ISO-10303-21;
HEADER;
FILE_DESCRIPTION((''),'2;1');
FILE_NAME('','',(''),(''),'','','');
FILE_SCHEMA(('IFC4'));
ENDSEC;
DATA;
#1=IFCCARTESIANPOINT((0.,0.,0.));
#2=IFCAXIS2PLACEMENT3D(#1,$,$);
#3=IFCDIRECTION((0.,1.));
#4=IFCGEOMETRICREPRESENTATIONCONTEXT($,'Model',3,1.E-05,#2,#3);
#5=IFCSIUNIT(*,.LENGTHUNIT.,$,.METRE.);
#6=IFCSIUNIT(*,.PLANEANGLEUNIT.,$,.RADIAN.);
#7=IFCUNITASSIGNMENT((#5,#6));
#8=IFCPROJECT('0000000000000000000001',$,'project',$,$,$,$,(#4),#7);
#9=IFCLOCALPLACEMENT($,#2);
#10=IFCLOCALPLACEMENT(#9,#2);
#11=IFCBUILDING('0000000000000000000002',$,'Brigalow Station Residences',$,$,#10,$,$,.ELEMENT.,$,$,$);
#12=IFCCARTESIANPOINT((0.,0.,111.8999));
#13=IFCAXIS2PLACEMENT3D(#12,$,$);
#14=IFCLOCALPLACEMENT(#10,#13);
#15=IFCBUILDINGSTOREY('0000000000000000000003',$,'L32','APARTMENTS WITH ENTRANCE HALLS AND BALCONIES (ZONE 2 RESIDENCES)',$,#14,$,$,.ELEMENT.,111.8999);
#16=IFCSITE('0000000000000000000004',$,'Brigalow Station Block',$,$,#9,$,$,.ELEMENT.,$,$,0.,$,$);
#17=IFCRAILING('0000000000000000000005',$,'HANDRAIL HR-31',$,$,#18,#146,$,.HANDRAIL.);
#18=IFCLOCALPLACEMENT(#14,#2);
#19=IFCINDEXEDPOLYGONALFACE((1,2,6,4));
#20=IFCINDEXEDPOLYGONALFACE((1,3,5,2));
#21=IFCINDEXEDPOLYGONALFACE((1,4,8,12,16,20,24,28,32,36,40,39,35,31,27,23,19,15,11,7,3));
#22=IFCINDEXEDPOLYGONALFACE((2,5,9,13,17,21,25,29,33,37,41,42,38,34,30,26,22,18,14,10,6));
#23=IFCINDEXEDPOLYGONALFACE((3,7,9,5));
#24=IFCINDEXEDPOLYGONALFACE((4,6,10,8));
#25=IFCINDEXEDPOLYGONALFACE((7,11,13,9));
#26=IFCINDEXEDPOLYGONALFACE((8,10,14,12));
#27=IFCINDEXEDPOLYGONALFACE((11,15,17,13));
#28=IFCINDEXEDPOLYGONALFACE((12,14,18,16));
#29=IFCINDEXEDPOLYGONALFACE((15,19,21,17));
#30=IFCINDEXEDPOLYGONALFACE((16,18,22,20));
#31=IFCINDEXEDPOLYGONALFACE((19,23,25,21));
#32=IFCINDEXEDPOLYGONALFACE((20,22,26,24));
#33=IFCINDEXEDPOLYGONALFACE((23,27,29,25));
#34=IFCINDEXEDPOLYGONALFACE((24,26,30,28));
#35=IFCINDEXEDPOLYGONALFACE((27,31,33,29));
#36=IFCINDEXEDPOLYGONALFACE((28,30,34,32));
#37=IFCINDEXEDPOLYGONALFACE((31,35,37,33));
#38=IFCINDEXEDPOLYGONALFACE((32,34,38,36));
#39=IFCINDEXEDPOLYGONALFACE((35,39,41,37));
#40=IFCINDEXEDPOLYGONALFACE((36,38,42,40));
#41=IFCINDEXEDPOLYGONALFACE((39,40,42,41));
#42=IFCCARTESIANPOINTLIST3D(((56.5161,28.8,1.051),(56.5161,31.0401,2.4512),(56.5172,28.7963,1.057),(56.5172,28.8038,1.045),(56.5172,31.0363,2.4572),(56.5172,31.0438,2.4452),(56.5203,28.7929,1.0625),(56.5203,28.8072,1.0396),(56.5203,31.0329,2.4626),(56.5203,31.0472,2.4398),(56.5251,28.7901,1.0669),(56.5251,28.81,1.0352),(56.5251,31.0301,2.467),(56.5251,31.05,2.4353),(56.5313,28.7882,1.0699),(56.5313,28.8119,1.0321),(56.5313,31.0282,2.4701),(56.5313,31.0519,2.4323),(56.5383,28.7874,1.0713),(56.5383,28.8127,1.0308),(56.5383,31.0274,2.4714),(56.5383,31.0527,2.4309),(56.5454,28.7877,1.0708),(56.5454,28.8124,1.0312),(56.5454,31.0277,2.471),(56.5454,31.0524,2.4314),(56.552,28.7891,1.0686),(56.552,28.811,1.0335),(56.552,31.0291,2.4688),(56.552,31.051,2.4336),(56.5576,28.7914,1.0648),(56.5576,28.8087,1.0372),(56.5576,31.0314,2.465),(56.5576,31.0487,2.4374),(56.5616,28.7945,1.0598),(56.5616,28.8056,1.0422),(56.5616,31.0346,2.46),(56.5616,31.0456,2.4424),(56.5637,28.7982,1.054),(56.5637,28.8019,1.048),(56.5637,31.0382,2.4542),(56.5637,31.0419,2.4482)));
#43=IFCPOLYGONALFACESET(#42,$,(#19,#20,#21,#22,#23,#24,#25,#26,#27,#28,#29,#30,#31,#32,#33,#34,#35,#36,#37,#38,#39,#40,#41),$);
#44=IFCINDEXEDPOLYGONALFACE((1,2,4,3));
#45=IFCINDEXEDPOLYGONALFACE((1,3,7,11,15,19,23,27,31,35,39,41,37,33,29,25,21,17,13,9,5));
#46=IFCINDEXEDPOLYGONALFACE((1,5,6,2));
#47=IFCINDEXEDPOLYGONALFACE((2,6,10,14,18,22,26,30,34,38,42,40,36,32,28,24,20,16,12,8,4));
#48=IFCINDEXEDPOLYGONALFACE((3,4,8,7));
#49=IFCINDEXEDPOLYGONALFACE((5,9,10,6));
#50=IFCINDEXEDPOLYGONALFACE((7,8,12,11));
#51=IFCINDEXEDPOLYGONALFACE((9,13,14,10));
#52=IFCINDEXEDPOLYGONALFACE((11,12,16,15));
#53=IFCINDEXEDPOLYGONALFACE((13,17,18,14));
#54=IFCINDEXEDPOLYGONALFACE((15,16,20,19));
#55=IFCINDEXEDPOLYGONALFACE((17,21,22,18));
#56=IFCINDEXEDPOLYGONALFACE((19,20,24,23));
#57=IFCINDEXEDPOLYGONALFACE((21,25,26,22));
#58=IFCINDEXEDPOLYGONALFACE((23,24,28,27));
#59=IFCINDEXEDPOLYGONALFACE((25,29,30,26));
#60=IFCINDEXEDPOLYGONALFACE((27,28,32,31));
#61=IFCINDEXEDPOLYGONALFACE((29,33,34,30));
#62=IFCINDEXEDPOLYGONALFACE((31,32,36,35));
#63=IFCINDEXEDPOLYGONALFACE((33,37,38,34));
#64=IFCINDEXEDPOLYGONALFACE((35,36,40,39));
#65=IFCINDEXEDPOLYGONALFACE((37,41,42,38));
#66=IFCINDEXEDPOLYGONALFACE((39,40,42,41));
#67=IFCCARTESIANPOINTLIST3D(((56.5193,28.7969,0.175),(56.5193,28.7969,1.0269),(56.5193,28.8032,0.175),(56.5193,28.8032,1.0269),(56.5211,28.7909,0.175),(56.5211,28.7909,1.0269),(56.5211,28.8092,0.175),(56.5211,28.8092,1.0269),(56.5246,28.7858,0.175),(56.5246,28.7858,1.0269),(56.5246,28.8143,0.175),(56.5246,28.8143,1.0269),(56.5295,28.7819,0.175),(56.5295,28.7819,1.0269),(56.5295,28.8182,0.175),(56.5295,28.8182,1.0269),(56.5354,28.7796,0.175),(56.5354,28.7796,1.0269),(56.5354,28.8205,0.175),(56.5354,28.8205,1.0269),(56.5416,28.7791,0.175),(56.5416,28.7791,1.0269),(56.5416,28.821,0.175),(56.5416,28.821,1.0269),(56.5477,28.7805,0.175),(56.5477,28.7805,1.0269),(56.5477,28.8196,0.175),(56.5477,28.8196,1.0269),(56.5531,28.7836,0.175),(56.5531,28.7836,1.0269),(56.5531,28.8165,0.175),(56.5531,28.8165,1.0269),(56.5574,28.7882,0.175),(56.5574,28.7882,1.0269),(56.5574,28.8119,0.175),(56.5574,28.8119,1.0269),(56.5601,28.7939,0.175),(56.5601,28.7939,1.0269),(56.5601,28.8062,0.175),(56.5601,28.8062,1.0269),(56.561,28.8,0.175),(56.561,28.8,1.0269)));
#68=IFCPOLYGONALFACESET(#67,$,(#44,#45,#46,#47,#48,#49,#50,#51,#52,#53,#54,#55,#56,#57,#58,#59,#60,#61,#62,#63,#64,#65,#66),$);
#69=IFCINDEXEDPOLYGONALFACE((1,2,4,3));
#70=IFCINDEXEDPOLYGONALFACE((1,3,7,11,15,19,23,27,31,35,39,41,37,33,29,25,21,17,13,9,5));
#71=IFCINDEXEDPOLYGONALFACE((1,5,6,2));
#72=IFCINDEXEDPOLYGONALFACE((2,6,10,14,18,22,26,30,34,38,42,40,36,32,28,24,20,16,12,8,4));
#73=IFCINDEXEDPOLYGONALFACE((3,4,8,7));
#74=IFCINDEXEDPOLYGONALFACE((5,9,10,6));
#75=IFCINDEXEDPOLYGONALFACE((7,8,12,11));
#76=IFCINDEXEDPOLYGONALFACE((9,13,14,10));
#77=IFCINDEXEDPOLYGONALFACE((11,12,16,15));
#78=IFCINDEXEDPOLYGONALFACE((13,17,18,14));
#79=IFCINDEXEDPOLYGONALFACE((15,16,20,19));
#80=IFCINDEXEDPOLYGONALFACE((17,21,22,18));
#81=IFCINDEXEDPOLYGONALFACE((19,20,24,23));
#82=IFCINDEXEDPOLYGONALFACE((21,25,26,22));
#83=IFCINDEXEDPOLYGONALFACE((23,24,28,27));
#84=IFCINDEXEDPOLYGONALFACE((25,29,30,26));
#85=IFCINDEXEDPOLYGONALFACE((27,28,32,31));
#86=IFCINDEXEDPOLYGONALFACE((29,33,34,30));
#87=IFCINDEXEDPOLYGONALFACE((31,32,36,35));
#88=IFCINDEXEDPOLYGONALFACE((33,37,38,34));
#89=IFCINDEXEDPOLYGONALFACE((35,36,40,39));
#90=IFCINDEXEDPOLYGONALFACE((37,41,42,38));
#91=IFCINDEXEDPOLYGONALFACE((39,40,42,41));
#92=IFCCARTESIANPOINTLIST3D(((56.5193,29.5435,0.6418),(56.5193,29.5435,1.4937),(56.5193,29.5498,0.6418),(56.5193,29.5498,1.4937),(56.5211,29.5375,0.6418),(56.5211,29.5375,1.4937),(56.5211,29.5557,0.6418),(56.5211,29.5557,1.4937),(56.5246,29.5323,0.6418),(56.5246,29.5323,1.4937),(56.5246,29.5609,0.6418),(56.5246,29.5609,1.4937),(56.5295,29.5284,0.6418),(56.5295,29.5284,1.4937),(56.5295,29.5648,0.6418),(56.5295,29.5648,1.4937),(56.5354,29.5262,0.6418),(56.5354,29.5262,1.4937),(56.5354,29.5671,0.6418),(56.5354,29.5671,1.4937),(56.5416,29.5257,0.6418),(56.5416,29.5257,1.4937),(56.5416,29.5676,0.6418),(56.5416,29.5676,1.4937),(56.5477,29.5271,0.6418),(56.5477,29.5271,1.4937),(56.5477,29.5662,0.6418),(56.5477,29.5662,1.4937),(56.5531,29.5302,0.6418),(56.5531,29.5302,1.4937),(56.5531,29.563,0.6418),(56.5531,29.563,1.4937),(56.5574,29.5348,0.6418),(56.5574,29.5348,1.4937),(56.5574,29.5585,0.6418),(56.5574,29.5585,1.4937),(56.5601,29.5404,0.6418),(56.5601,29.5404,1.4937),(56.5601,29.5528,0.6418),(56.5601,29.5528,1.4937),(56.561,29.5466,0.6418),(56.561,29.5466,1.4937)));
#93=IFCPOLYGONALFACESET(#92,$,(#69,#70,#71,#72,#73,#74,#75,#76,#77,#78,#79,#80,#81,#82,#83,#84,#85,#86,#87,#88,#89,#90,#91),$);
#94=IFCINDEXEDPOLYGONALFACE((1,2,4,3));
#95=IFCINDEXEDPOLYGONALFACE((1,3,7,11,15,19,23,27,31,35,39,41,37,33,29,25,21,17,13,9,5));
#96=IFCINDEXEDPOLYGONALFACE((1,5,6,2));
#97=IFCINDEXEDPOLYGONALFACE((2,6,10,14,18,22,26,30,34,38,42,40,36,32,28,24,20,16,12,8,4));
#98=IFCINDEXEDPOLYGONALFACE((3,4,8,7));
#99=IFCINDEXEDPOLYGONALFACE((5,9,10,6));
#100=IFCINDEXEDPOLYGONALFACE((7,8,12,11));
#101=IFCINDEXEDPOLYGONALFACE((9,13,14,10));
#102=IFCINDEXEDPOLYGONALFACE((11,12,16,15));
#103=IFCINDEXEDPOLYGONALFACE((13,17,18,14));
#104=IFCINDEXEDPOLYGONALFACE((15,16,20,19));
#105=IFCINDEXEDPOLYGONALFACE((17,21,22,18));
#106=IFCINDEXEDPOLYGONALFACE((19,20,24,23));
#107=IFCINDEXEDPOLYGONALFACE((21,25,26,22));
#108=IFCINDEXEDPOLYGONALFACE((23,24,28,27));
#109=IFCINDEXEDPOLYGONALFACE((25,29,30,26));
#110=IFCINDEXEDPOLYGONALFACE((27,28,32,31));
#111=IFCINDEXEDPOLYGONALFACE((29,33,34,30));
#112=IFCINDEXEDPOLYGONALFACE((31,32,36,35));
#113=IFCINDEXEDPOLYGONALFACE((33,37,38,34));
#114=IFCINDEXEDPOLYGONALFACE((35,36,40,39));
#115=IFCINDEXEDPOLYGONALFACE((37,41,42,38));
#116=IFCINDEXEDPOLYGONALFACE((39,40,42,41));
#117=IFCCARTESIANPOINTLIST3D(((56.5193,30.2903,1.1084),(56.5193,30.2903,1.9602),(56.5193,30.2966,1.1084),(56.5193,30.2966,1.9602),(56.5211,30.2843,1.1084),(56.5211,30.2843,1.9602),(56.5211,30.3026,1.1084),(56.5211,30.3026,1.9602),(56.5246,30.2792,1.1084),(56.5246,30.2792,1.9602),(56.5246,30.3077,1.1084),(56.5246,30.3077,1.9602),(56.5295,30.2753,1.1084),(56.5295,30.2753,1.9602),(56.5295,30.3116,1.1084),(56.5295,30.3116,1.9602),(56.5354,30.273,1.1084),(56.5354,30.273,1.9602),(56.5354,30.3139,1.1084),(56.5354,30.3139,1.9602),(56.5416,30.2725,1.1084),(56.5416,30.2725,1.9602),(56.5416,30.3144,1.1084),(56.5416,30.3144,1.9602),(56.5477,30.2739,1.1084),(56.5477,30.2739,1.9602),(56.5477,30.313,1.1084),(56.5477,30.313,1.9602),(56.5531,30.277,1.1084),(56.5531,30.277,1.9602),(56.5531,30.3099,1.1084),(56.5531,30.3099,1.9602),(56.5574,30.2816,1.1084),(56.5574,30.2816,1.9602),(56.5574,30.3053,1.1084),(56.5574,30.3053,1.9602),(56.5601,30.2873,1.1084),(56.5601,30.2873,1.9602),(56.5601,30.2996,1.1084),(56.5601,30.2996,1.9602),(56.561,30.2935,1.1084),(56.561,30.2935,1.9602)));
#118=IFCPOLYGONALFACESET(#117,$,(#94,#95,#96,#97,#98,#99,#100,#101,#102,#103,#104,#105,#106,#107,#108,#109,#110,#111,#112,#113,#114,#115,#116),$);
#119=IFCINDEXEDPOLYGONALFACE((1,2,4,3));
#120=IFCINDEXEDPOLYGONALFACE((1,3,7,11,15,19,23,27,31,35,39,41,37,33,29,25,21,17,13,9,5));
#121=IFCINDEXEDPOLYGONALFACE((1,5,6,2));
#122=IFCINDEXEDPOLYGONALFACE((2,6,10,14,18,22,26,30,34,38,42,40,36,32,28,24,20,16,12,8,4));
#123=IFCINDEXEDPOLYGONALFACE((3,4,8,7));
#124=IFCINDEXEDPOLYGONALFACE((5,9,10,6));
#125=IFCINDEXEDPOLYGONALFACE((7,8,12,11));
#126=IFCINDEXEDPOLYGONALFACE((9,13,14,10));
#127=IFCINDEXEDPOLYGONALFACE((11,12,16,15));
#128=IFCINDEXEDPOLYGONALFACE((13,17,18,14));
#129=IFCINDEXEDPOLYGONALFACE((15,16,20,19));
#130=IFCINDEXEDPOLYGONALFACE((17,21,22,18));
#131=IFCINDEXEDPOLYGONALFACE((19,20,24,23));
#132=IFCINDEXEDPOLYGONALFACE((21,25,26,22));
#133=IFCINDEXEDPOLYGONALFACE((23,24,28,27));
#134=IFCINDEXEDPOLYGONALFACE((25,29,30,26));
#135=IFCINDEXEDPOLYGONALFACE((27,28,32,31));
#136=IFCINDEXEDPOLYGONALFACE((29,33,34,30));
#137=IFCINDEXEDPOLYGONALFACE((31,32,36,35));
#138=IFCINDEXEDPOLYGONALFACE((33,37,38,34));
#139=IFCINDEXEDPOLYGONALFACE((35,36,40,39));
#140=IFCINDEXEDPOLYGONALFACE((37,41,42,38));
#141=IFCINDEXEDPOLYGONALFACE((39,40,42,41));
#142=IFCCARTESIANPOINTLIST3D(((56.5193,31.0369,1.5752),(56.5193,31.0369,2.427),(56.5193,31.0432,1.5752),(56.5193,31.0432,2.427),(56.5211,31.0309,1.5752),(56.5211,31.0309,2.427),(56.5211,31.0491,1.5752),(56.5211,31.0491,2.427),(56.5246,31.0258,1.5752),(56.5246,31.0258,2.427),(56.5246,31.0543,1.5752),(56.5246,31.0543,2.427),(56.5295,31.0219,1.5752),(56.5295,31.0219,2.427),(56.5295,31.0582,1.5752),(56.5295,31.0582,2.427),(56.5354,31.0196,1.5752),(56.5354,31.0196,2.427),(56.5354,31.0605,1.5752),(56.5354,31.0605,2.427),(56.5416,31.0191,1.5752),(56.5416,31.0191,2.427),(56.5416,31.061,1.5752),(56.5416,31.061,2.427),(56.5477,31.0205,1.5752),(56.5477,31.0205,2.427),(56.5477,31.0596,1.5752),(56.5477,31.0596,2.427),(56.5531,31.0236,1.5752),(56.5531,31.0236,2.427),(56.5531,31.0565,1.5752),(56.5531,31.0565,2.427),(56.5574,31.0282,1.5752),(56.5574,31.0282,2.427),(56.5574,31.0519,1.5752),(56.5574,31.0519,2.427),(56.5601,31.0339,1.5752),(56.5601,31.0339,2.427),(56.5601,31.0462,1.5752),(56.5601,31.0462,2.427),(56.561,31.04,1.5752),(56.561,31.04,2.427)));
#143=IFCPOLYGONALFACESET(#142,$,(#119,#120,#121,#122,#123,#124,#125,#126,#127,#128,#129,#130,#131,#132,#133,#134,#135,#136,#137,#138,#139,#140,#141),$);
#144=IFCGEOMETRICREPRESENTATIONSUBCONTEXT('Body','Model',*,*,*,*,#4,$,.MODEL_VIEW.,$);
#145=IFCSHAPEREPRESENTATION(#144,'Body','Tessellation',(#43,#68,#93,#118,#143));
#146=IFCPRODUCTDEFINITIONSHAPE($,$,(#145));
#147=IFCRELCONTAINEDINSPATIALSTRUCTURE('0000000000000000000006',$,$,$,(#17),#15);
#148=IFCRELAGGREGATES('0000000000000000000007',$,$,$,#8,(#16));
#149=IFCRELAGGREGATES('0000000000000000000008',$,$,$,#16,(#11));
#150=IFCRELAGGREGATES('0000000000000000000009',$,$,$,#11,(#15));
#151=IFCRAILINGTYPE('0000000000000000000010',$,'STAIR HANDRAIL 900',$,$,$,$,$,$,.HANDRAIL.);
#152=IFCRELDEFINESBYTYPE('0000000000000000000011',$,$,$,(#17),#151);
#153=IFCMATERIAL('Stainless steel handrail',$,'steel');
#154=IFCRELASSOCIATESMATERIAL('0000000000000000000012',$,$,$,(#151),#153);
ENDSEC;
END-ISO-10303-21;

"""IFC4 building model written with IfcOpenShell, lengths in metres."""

from ifc_helpers import new_model, si_unit, direction, frame, origin, origin_2d, place, context, subcontext, project, spatial, circle, extrude, material, type_object, element, save


model = new_model("IFC4")

# Units and contexts
model_context = context("Model", 3, precision=1e-05, world=origin(), true_north=direction((0.0, 1.0)))
body_context = subcontext(model_context, "Body", "Model", "MODEL_VIEW")
ifc_project = project(units=[si_unit("LENGTHUNIT", "METRE"), si_unit("PLANEANGLEUNIT", "RADIAN")], contexts=[model_context])

# Site, building, storey
site_placement = place(None, origin())
site = spatial("IfcSite", under=ifc_project, at=site_placement, Name="Brigalow Station Block", CompositionType="ELEMENT", RefElevation=0.0)
building_placement = place(site_placement, origin())
building = spatial("IfcBuilding", under=site, at=building_placement, Name="Brigalow Station Residences", CompositionType="ELEMENT")
storey_placement = place(building_placement, frame((0.0, 0.0, 111.8999)))
storey = spatial("IfcBuildingStorey", under=building, at=storey_placement, Name="L32", Description="APARTMENTS WITH ENTRANCE HALLS AND BALCONIES (ZONE 2 RESIDENCES)", CompositionType="ELEMENT", Elevation=111.8999)

# Railing
ifc_material_1 = material(Name="Stainless steel handrail", Category="steel")
railing_type_1 = type_object("IfcRailingType", Name="STAIR HANDRAIL 900", PredefinedType="HANDRAIL", material=ifc_material_1)
railing_1_placement = place(storey_placement, frame((56.54, 28.8, 0.175)))
element("IfcRailing", 1, at=railing_1_placement, inside=storey, type_object=railing_type_1, Name="HANDRAIL HR-31", PredefinedType="HANDRAIL", context=body_context, shape_type="SweptSolid", body=[
    extrude(circle(Radius=0.0239, at=origin_2d()), frame((0.0, 0.0, 0.876), z_axis=(0.0, 0.847972, 0.53004), x_axis=(-1.0, 0.0, 0.0)), (0.0, 0.0, 1.0), 2.6416),
    extrude(circle(Radius=0.021, at=origin_2d()), origin(), (0.0, 0.0, 1.0), 0.8518),
    extrude(circle(Radius=0.021, at=origin_2d()), frame((0.0, 0.7466, 0.4668)), (0.0, 0.0, 1.0), 0.8518),
    extrude(circle(Radius=0.021, at=origin_2d()), frame((0.0, 1.4934, 0.9333)), (0.0, 0.0, 1.0), 0.8518),
    extrude(circle(Radius=0.021, at=origin_2d()), frame((0.0, 2.24, 1.4001)), (0.0, 0.0, 1.0), 0.8518),
])

save(model, "model.ifc")
